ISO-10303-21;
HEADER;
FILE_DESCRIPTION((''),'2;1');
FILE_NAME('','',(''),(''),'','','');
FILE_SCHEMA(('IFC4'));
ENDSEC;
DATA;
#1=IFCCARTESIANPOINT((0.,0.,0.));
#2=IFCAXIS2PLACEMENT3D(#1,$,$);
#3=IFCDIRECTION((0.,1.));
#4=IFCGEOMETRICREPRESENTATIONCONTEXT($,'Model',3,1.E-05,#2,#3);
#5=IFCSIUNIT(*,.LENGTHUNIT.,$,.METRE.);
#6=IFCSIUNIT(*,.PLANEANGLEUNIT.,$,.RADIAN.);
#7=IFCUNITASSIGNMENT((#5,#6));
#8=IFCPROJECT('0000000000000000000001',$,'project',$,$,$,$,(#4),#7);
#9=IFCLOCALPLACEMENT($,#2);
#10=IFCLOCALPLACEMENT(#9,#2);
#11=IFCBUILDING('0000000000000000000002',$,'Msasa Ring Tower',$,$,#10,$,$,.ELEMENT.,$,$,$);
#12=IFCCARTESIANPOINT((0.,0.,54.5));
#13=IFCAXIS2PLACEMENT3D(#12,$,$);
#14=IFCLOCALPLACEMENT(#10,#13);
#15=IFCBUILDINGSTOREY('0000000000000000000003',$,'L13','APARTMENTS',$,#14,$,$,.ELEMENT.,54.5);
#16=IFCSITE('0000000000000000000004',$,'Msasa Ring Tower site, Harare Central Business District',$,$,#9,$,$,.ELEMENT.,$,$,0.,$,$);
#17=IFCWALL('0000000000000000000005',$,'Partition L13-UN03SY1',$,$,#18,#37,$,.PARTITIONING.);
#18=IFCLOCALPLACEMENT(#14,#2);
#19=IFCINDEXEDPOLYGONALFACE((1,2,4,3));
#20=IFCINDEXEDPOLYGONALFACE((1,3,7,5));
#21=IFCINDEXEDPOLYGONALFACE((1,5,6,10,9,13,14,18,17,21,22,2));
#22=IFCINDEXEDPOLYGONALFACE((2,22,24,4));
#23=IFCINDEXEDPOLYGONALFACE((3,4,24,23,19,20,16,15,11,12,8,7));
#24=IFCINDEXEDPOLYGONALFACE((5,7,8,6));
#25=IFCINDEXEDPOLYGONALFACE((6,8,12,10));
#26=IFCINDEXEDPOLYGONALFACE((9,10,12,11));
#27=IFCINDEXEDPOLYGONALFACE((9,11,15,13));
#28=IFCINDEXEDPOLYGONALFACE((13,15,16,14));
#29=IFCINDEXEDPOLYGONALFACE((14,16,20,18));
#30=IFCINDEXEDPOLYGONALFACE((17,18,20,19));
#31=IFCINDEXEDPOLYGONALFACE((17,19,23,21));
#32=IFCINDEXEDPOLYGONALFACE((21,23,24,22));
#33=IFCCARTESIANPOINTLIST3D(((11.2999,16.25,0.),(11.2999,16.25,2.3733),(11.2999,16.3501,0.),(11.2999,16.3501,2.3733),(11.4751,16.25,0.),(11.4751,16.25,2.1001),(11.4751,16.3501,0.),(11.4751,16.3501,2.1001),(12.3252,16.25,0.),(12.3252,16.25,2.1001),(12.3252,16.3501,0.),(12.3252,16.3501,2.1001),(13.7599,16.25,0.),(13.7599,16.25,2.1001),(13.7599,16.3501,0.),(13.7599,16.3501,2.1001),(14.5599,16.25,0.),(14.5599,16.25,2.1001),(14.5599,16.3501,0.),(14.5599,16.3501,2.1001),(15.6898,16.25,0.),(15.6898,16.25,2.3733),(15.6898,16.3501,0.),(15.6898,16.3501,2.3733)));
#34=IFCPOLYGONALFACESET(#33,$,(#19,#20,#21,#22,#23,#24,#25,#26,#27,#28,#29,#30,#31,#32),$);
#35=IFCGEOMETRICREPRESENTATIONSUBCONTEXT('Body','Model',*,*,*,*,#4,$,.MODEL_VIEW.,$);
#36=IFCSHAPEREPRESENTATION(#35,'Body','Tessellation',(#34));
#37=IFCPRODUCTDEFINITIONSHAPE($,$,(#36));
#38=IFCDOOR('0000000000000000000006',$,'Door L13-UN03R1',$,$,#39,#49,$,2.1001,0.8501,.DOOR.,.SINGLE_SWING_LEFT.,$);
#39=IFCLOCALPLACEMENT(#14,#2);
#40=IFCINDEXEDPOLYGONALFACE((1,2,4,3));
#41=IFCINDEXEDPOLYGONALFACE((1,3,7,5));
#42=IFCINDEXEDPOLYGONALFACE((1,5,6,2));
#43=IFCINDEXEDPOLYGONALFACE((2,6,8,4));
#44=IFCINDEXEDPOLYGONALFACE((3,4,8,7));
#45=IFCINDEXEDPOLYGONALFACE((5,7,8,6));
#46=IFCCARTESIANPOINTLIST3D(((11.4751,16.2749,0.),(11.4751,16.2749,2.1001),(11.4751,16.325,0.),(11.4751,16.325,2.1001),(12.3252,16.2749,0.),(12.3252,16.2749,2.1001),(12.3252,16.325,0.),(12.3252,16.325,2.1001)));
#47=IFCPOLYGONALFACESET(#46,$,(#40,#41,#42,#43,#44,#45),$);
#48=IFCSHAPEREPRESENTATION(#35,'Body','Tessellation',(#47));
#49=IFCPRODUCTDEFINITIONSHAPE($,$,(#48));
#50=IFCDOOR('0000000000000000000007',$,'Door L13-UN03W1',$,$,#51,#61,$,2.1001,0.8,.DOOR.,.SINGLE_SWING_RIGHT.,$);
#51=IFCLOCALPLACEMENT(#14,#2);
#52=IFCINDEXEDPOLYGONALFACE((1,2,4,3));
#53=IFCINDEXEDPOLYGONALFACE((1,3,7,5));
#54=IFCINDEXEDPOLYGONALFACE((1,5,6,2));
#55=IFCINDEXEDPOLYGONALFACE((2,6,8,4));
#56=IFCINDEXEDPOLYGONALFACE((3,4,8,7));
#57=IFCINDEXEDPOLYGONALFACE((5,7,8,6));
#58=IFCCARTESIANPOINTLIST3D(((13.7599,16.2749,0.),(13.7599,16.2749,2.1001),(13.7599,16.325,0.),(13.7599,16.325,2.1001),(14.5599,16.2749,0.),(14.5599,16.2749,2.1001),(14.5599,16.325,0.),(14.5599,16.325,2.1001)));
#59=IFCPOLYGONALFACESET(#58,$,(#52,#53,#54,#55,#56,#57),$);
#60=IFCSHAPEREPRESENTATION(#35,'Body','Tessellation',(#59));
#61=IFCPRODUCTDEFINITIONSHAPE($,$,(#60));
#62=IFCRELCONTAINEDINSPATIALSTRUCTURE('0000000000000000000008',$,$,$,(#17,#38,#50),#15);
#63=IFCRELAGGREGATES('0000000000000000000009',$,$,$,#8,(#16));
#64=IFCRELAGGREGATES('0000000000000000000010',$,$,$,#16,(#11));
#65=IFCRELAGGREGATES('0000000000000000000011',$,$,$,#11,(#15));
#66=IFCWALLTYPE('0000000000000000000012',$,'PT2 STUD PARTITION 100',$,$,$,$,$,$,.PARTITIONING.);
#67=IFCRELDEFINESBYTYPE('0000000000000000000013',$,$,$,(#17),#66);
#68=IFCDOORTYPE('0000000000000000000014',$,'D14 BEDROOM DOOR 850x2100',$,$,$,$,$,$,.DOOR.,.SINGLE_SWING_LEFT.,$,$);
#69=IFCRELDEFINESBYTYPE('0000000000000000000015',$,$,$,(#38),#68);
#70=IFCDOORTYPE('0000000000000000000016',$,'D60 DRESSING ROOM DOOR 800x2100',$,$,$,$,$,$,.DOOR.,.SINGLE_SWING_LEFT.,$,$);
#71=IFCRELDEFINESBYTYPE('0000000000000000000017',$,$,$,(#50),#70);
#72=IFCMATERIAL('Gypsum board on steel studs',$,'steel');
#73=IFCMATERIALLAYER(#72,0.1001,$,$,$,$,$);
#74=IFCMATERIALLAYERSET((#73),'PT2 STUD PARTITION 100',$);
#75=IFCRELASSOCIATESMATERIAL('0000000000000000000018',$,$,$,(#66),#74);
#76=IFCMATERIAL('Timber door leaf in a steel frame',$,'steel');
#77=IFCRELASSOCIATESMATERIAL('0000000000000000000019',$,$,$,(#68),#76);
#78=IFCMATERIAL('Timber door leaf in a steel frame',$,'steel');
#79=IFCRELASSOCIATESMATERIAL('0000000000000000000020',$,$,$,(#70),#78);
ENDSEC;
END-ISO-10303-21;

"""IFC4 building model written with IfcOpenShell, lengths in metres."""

from ifc_helpers import new_model, si_unit, direction, frame, frame_2d, origin, place, context, subcontext, project, spatial, rectangle, extrude, material, layer, layer_set, type_object, element, fill, save


model = new_model("IFC4")

# Units and contexts
model_context = context("Model", 3, precision=1e-05, world=origin(), true_north=direction((0.0, 1.0)))
body_context = subcontext(model_context, "Body", "Model", "MODEL_VIEW")
ifc_project = project(units=[si_unit("LENGTHUNIT", "METRE"), si_unit("PLANEANGLEUNIT", "RADIAN")], contexts=[model_context])

# Site, building, storey
site_placement = place(None, origin())
site = spatial("IfcSite", under=ifc_project, at=site_placement, Name="Msasa Ring Tower site, Harare Central Business District", CompositionType="ELEMENT", RefElevation=0.0)
building_placement = place(site_placement, origin())
building = spatial("IfcBuilding", under=site, at=building_placement, Name="Msasa Ring Tower", CompositionType="ELEMENT")
storey_placement = place(building_placement, frame((0.0, 0.0, 54.5)))
storey = spatial("IfcBuildingStorey", under=building, at=storey_placement, Name="L13", Description="APARTMENTS", CompositionType="ELEMENT", Elevation=54.5)

# Shared definitions
ifc_material_1 = material(Name="Gypsum board on steel studs", Category="steel")
ifc_layer_1 = layer(ifc_material_1, 0.1001)
ifc_layer_set_1 = layer_set([ifc_layer_1], Name="PT2 STUD PARTITION 100")
wall_type_1 = type_object("IfcWallType", Name="PT2 STUD PARTITION 100", PredefinedType="PARTITIONING", material=ifc_layer_set_1)
ifc_material_2 = material(Name="Timber door leaf in a steel frame", Category="steel")
door_type_1 = type_object("IfcDoorType", Name="D14 BEDROOM DOOR 850x2100", OperationType="SINGLE_SWING_LEFT", PredefinedType="DOOR", material=ifc_material_2)
ifc_material_3 = material(Name="Timber door leaf in a steel frame", Category="steel")
door_type_2 = type_object("IfcDoorType", Name="D60 DRESSING ROOM DOOR 800x2100", OperationType="SINGLE_SWING_LEFT", PredefinedType="DOOR", material=ifc_material_3)

# Wall, openings, doors
wall_1_placement = place(storey_placement, frame((11.3, 16.3, 0.0), z_axis=(0.0, 0.0, 1.0), x_axis=(1.0, 0.0, 0.0)))
wall_1 = element("IfcWall", 1, at=wall_1_placement, inside=storey, type_object=wall_type_1, Name="Partition L13-UN03SY1", PredefinedType="PARTITIONING", context=body_context, shape_type="SweptSolid", body=[
    extrude(rectangle(XDim=4.3899, YDim=0.1001, at=frame_2d((2.1948, 0.0))), origin(), (0.0, 0.0, 1.0), 2.3733),
])
opening_1_placement = place(wall_1_placement, frame((0.175, 0.0, 0.0)))
opening_1 = element("IfcOpeningElement", 2, at=opening_1_placement, cuts=wall_1, PredefinedType="OPENING", context=body_context, shape_type="SweptSolid", body=[
    extrude(rectangle(XDim=0.8501, YDim=2.1001, at=frame_2d((0.425, 1.05))), frame((0.0, 0.0601, 0.0), z_axis=(0.0, -1.0, 0.0), x_axis=(1.0, 0.0, 0.0)), (0.0, 0.0, 1.0), 0.1201),
])
opening_2_placement = place(wall_1_placement, frame((2.46, 0.0, 0.0)))
opening_2 = element("IfcOpeningElement", 3, at=opening_2_placement, cuts=wall_1, PredefinedType="OPENING", context=body_context, shape_type="SweptSolid", body=[
    extrude(rectangle(XDim=0.8, YDim=2.1001, at=frame_2d((0.3999, 1.05))), frame((0.0, 0.0601, 0.0), z_axis=(0.0, -1.0, 0.0), x_axis=(1.0, 0.0, 0.0)), (0.0, 0.0, 1.0), 0.1201),
])
door_1_placement = place(opening_1_placement, origin())
door_1 = element("IfcDoor", 4, at=door_1_placement, inside=storey, type_object=door_type_1, Name="Door L13-UN03R1", OperationType="SINGLE_SWING_LEFT", OverallHeight=2.1001, OverallWidth=0.8501, PredefinedType="DOOR", context=body_context, shape_type="SweptSolid", body=[
    extrude(rectangle(XDim=0.8501, YDim=2.1001, at=frame_2d((0.425, 1.05))), frame((0.0, 0.0249, 0.0), z_axis=(0.0, -1.0, 0.0), x_axis=(1.0, 0.0, 0.0)), (0.0, 0.0, 1.0), 0.05),
])
fill(opening_1, door_1)
door_2_placement = place(opening_2_placement, origin())
door_2 = element("IfcDoor", 5, at=door_2_placement, inside=storey, type_object=door_type_2, Name="Door L13-UN03W1", OperationType="SINGLE_SWING_RIGHT", OverallHeight=2.1001, OverallWidth=0.8, PredefinedType="DOOR", context=body_context, shape_type="SweptSolid", body=[
    extrude(rectangle(XDim=0.8, YDim=2.1001, at=frame_2d((0.3999, 1.05))), frame((0.0, 0.0249, 0.0), z_axis=(0.0, -1.0, 0.0), x_axis=(1.0, 0.0, 0.0)), (0.0, 0.0, 1.0), 0.05),
])
fill(opening_2, door_2)

save(model, "model.ifc")
